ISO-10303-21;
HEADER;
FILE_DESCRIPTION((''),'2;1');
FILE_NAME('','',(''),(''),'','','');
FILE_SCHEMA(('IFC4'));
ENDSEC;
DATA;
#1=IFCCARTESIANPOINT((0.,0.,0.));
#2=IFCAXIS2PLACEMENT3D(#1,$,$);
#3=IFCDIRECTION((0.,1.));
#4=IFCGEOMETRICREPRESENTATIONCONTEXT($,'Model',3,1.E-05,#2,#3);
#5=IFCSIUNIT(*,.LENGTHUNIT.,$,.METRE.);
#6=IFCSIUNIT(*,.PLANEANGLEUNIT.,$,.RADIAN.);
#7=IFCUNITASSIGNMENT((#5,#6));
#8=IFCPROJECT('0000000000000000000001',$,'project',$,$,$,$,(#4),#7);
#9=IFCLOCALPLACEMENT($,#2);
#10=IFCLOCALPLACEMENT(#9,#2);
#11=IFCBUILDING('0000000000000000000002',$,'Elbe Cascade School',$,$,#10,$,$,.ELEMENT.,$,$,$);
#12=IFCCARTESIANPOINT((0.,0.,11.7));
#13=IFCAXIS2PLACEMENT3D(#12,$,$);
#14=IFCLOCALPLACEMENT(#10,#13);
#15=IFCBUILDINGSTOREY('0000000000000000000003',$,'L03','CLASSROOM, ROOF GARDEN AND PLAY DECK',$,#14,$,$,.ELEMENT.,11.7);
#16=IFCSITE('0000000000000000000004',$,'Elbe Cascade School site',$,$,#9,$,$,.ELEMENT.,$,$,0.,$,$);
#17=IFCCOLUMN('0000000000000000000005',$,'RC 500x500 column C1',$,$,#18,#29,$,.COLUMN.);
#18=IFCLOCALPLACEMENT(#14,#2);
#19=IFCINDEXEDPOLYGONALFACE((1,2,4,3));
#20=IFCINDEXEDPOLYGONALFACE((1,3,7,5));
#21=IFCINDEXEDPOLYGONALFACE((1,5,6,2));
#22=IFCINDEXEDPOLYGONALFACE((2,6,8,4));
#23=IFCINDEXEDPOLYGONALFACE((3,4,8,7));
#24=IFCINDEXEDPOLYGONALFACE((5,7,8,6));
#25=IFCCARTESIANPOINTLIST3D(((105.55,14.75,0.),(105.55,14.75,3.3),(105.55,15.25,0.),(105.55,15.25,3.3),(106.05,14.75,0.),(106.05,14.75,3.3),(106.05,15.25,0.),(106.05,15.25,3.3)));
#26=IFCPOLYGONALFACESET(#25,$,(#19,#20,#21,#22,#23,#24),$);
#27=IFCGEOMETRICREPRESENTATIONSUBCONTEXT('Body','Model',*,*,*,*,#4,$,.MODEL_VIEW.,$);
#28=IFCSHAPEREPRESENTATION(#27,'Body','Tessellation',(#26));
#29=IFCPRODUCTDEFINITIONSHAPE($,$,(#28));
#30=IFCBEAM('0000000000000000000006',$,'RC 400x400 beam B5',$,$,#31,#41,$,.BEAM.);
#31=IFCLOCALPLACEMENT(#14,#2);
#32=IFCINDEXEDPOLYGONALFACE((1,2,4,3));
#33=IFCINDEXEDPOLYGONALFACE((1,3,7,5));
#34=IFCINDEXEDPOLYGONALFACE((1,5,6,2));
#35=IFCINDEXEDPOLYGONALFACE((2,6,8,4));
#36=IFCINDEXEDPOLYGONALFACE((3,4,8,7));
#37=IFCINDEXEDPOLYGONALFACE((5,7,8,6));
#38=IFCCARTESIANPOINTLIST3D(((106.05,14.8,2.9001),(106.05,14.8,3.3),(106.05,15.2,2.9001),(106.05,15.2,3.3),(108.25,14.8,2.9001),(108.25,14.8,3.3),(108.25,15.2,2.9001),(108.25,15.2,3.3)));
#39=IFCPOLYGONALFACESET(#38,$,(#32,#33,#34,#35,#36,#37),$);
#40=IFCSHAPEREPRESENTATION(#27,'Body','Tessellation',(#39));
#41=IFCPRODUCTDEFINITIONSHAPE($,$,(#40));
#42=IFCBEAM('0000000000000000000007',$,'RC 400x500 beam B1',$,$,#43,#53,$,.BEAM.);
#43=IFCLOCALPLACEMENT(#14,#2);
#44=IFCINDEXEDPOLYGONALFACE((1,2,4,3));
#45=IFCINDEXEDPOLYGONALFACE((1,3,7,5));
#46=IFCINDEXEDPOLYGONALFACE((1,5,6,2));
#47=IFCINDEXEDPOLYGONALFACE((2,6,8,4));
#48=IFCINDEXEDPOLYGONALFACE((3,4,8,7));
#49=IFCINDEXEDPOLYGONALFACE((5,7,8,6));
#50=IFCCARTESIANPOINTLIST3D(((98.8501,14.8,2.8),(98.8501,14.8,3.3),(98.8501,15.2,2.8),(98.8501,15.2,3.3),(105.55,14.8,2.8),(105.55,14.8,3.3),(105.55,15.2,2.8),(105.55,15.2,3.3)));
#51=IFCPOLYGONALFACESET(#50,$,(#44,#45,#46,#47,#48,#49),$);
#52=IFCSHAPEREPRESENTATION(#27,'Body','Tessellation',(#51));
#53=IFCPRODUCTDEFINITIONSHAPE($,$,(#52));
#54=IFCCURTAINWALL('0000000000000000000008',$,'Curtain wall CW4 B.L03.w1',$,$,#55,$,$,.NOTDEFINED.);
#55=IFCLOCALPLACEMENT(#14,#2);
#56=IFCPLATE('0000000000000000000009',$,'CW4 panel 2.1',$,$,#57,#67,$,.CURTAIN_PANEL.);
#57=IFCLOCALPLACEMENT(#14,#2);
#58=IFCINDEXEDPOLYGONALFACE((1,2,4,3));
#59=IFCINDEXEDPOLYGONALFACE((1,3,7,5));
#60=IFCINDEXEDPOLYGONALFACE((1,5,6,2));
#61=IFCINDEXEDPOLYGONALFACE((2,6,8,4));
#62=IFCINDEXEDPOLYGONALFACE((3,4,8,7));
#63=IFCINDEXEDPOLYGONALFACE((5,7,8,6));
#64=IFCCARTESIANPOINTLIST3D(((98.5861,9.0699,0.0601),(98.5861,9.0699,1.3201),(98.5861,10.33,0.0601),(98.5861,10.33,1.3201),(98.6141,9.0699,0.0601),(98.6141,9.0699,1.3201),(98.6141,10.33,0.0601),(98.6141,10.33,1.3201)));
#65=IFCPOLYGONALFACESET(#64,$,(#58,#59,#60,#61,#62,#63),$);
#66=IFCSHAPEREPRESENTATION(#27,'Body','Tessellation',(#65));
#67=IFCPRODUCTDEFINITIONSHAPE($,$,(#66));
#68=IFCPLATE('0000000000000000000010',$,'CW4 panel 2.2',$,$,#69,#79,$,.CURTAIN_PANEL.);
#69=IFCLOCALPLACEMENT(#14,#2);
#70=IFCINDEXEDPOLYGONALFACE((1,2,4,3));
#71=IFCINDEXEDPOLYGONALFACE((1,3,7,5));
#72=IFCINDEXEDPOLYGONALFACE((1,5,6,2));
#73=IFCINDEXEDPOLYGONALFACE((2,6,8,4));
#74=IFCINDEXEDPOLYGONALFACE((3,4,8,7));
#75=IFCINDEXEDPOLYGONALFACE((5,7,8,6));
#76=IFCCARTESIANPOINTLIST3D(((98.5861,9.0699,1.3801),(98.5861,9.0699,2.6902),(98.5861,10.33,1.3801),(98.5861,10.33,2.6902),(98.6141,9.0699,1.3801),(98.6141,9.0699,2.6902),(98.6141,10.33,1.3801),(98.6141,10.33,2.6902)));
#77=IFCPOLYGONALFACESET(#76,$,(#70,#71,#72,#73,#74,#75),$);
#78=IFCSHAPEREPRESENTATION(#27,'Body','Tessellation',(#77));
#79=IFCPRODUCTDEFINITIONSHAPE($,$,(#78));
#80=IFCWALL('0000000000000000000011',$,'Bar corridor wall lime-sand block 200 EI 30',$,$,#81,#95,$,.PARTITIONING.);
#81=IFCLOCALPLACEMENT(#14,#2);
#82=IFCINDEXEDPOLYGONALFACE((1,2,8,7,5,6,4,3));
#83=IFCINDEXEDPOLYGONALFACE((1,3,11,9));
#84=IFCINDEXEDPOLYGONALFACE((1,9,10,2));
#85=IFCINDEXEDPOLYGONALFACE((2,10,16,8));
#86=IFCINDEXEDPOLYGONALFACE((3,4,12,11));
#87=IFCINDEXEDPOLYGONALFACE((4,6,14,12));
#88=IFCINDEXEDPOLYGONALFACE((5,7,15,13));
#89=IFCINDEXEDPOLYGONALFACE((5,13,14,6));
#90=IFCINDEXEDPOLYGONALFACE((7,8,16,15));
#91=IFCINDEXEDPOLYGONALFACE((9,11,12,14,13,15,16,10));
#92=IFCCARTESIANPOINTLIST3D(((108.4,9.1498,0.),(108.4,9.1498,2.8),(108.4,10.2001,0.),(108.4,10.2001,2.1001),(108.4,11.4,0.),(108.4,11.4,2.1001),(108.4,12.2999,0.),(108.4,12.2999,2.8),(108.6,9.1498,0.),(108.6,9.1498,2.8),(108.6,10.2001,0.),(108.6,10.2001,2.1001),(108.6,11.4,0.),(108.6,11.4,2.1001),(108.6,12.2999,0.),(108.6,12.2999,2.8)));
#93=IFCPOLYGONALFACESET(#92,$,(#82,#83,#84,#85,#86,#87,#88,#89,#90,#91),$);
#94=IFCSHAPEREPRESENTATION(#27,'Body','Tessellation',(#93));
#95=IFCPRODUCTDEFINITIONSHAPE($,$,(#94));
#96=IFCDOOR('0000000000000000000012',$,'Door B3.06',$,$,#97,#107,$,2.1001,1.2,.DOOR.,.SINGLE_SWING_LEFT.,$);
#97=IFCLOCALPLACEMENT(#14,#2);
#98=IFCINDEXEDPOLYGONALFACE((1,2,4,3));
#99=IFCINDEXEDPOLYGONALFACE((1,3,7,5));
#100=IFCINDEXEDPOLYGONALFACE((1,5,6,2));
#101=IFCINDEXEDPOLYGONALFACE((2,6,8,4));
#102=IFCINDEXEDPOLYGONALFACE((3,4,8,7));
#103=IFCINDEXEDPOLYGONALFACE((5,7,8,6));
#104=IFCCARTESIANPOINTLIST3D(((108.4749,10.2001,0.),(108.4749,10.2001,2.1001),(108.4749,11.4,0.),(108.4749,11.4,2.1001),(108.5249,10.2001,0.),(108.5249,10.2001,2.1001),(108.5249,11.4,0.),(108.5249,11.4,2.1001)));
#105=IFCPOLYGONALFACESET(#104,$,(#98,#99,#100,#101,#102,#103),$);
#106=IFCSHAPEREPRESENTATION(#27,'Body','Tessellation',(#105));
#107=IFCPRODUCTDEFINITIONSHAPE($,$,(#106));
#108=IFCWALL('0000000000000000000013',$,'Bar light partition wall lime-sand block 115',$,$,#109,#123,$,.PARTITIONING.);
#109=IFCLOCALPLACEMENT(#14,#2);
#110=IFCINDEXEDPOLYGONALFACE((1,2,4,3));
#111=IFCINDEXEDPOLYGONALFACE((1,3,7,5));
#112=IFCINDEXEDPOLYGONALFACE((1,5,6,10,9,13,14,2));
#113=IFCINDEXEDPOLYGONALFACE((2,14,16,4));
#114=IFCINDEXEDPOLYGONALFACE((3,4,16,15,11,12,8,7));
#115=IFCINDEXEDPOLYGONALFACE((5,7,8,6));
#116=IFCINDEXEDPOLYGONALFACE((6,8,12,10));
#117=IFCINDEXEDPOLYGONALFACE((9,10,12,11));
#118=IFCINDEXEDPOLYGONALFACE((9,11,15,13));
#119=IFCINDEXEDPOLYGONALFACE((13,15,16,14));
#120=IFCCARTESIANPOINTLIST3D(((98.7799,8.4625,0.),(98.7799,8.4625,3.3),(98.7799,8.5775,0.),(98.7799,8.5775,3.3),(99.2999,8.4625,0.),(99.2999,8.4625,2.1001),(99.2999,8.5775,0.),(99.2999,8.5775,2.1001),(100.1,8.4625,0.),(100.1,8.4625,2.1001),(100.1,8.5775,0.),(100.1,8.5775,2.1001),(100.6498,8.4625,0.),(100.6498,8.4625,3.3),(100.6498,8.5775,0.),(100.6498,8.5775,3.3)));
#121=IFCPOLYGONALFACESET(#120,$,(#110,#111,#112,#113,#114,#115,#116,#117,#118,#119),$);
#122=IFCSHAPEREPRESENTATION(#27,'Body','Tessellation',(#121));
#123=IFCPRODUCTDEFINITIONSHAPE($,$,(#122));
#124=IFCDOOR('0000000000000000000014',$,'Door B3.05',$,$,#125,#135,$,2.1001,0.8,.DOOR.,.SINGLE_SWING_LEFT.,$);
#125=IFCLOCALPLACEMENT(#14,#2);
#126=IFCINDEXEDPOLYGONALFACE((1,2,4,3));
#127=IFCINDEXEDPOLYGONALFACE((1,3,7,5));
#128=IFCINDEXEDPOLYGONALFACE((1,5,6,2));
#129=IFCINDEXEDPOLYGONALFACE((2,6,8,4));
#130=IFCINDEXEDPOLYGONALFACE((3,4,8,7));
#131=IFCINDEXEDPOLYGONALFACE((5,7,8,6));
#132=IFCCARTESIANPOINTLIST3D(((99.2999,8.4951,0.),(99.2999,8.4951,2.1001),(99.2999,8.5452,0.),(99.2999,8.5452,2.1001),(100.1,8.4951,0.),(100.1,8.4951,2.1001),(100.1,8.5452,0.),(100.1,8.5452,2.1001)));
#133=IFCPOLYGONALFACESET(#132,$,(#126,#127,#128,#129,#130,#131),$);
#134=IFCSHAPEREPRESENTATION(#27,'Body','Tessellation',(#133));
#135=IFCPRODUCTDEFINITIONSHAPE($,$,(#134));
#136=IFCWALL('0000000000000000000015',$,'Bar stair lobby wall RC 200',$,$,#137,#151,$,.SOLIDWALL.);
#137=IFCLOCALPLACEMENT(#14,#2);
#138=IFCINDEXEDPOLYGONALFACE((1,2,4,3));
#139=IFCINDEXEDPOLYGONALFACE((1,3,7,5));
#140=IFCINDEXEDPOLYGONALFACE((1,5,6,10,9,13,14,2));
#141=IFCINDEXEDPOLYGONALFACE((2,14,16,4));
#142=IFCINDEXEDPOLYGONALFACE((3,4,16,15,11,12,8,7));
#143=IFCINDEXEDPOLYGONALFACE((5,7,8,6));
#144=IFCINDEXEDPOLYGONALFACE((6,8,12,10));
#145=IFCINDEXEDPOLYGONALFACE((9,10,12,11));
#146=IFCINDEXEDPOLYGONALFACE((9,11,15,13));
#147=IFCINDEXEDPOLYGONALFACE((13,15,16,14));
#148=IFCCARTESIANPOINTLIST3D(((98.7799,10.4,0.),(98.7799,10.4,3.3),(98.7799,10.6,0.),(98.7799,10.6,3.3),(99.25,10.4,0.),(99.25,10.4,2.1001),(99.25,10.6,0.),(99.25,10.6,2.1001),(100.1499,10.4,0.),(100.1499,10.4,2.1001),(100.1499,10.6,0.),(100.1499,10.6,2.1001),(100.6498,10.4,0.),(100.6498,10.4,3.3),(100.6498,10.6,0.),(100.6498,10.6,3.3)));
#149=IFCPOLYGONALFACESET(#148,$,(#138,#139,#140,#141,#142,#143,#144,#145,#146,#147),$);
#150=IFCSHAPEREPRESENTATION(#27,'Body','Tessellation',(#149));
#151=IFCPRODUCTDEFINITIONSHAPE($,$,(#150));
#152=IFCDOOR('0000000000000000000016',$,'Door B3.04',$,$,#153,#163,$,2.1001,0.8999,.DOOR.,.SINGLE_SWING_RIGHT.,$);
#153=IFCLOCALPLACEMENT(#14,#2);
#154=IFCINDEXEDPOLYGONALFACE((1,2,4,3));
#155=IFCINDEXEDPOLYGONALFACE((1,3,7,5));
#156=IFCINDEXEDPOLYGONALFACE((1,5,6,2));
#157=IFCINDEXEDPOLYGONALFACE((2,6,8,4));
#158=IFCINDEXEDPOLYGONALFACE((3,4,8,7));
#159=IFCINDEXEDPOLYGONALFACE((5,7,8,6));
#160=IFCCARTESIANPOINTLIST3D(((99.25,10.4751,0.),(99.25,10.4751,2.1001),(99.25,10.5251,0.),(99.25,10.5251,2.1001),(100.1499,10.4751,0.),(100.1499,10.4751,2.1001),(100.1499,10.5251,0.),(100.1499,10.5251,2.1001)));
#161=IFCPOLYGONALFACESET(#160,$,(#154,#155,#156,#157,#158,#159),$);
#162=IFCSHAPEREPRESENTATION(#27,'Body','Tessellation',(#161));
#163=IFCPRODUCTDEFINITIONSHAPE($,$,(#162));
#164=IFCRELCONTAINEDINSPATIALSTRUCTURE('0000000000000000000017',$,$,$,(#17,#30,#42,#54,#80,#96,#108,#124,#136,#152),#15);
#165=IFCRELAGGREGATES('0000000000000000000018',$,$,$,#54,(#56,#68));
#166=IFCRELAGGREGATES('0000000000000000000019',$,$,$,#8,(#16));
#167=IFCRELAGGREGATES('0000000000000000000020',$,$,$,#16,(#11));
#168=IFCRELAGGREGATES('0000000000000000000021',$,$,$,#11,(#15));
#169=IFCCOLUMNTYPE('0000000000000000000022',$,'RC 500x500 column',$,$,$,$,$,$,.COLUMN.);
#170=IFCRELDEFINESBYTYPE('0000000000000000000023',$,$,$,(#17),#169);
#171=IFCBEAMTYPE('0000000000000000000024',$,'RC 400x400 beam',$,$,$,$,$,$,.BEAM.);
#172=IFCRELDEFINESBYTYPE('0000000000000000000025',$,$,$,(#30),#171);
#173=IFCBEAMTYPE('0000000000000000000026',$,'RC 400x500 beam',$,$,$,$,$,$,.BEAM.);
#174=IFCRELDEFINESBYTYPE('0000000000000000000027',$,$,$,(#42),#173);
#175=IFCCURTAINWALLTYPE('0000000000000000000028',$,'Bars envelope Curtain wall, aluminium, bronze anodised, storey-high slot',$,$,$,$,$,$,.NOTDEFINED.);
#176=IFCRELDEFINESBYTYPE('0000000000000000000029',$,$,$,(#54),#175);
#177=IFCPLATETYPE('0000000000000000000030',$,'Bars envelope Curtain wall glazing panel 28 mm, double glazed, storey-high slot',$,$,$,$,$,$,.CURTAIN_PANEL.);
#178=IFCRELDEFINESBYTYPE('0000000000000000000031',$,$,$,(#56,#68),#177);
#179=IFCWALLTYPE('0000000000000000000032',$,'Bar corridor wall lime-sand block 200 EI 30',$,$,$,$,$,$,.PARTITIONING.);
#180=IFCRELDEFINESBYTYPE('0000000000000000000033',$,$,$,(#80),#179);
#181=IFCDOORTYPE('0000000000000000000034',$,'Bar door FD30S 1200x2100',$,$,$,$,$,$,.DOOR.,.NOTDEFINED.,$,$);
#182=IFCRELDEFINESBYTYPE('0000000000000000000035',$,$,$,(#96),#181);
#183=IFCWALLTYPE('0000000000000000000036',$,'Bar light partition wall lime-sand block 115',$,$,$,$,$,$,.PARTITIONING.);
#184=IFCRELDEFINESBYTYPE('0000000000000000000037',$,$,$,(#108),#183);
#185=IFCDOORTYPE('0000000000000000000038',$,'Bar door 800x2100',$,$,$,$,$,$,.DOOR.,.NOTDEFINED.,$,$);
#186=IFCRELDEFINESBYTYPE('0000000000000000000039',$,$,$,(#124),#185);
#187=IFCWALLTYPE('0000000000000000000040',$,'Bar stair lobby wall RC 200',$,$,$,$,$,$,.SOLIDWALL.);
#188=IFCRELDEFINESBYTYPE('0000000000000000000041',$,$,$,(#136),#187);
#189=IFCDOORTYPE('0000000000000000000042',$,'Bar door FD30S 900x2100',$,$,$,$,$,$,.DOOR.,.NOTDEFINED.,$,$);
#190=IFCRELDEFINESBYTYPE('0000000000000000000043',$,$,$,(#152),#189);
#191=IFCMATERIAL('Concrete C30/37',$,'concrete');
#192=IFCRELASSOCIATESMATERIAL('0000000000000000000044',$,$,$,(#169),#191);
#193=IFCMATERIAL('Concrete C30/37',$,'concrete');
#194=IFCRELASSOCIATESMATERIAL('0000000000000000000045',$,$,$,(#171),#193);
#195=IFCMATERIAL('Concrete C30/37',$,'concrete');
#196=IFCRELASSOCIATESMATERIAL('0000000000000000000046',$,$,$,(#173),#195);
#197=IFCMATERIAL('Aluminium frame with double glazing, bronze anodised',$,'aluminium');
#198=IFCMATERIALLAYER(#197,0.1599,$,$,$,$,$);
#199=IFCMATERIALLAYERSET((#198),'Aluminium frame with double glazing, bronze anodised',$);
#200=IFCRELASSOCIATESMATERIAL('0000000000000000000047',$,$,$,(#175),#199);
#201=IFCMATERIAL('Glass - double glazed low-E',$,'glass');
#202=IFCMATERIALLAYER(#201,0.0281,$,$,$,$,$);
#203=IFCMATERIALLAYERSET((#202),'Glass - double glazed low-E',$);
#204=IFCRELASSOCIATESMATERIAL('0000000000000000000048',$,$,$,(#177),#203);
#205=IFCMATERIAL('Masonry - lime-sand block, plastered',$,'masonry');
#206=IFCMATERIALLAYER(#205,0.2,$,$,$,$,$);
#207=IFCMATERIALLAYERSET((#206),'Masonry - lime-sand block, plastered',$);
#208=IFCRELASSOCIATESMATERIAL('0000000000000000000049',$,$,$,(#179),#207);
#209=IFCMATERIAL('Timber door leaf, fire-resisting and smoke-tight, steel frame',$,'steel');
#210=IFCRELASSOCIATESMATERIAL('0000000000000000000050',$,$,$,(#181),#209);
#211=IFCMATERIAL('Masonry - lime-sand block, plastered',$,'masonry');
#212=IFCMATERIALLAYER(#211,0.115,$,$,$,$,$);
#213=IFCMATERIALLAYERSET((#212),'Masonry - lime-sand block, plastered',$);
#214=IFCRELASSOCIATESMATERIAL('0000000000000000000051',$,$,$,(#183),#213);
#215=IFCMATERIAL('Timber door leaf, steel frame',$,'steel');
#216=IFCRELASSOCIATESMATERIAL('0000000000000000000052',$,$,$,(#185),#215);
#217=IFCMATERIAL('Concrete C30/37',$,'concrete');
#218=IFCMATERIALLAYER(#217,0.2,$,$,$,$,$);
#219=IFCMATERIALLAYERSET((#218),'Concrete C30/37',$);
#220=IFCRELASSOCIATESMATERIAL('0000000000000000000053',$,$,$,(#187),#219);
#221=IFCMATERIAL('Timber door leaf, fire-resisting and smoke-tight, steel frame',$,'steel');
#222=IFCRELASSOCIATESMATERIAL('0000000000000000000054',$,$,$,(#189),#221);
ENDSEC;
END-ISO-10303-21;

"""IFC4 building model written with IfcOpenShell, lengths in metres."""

from ifc_helpers import new_model, si_unit, direction, frame, frame_2d, origin, origin_2d, place, context, subcontext, project, spatial, rectangle, extrude, material, layer, layer_set, material_profile, profile_set, type_object, element, fill, aggregate, save


model = new_model("IFC4")

# Units and contexts
model_context = context("Model", 3, precision=1e-05, world=origin(), true_north=direction((0.0, 1.0)))
body_context = subcontext(model_context, "Body", "Model", "MODEL_VIEW")
ifc_project = project(units=[si_unit("LENGTHUNIT", "METRE"), si_unit("PLANEANGLEUNIT", "RADIAN")], contexts=[model_context])

# Site, building, storey
site_placement = place(None, origin())
site = spatial("IfcSite", under=ifc_project, at=site_placement, Name="Elbe Cascade School site", CompositionType="ELEMENT", RefElevation=0.0)
building_placement = place(site_placement, origin())
building = spatial("IfcBuilding", under=site, at=building_placement, Name="Elbe Cascade School", CompositionType="ELEMENT")
storey_placement = place(building_placement, frame((0.0, 0.0, 11.7)))
storey = spatial("IfcBuildingStorey", under=building, at=storey_placement, Name="L03", Description="CLASSROOM, ROOF GARDEN AND PLAY DECK", CompositionType="ELEMENT", Elevation=11.7)

# Column
ifc_material_1 = material(Name="Concrete C30/37", Category="concrete")
ifc_material_profile_1 = material_profile(ifc_material_1, rectangle(XDim=0.5, YDim=0.5, at=origin_2d()), Name="RC 500x500")
ifc_profile_set_1 = profile_set([ifc_material_profile_1], Name="Concrete C30/37")
column_type = type_object("IfcColumnType", Name="RC 500x500 column", PredefinedType="COLUMN", material=ifc_profile_set_1)
column_placement = place(storey_placement, frame((105.8, 15.0, 0.0), z_axis=(0.0, 0.0, 1.0), x_axis=(1.0, 0.0, 0.0)))
element("IfcColumn", 1, at=column_placement, inside=storey, type_object=column_type, Name="RC 500x500 column C1", PredefinedType="COLUMN", context=body_context, shape_type="SweptSolid", body=[
    extrude(rectangle(XDim=0.5, YDim=0.5, at=origin_2d()), origin(), (0.0, 0.0, 1.0), 3.3),
])

# Beams
ifc_material_2 = material(Name="Concrete C30/37", Category="concrete")
ifc_material_profile_2 = material_profile(ifc_material_2, rectangle(XDim=0.3999, YDim=0.3999, at=origin_2d()), Name="RC 400x400")
ifc_profile_set_2 = profile_set([ifc_material_profile_2], Name="Concrete C30/37")
beam_type_1 = type_object("IfcBeamType", Name="RC 400x400 beam", PredefinedType="BEAM", material=ifc_profile_set_2)
beam_1_placement = place(storey_placement, frame((106.05, 15.0, 3.1001), z_axis=(1.0, 0.0, 0.0), x_axis=(0.0, 1.0, 0.0)))
element("IfcBeam", 2, at=beam_1_placement, inside=storey, type_object=beam_type_1, Name="RC 400x400 beam B5", PredefinedType="BEAM", context=body_context, shape_type="SweptSolid", body=[
    extrude(rectangle(XDim=0.3999, YDim=0.3999, at=origin_2d()), origin(), (0.0, 0.0, 1.0), 2.2),
])
ifc_material_3 = material(Name="Concrete C30/37", Category="concrete")
ifc_material_profile_3 = material_profile(ifc_material_3, rectangle(XDim=0.3999, YDim=0.5, at=origin_2d()), Name="RC 400x500")
ifc_profile_set_3 = profile_set([ifc_material_profile_3], Name="Concrete C30/37")
beam_type_2 = type_object("IfcBeamType", Name="RC 400x500 beam", PredefinedType="BEAM", material=ifc_profile_set_3)
beam_2_placement = place(storey_placement, frame((98.8501, 15.0, 3.05), z_axis=(1.0, 0.0, 0.0), x_axis=(0.0, 1.0, 0.0)))
element("IfcBeam", 3, at=beam_2_placement, inside=storey, type_object=beam_type_2, Name="RC 400x500 beam B1", PredefinedType="BEAM", context=body_context, shape_type="SweptSolid", body=[
    extrude(rectangle(XDim=0.3999, YDim=0.5, at=origin_2d()), origin(), (0.0, 0.0, 1.0), 6.7),
])

# Curtain wall, plates
ifc_material_4 = material(Name="Aluminium frame with double glazing, bronze anodised", Category="aluminium")
ifc_layer_1 = layer(ifc_material_4, 0.1599)
ifc_layer_set_1 = layer_set([ifc_layer_1], Name="Aluminium frame with double glazing, bronze anodised")
curtain_wall_type = type_object("IfcCurtainWallType", Name="Bars envelope Curtain wall, aluminium, bronze anodised, storey-high slot", PredefinedType="NOTDEFINED", material=ifc_layer_set_1)
curtain_wall_placement = place(storey_placement, origin())
curtain_wall = element("IfcCurtainWall", 4, at=curtain_wall_placement, inside=storey, type_object=curtain_wall_type, Name="Curtain wall CW4 B.L03.w1", PredefinedType="NOTDEFINED")
ifc_material_5 = material(Name="Glass - double glazed low-E", Category="glass")
ifc_layer_2 = layer(ifc_material_5, 0.0281)
ifc_layer_set_2 = layer_set([ifc_layer_2], Name="Glass - double glazed low-E")
plate_type = type_object("IfcPlateType", Name="Bars envelope Curtain wall glazing panel 28 mm, double glazed, storey-high slot", PredefinedType="CURTAIN_PANEL", material=ifc_layer_set_2)
plate_1_placement = place(storey_placement, frame((98.6001, 9.7, 0.0601), z_axis=(0.0, 0.0, 1.0), x_axis=(0.0, 1.0, 0.0)))
plate_1 = element("IfcPlate", 5, at=plate_1_placement, type_object=plate_type, Name="CW4 panel 2.1", PredefinedType="CURTAIN_PANEL", context=body_context, shape_type="SweptSolid", body=[
    extrude(rectangle(XDim=1.26, YDim=0.0281, at=origin_2d()), origin(), (0.0, 0.0, 1.0), 1.26),
])
plate_2_placement = place(storey_placement, frame((98.6001, 9.7, 1.3801), z_axis=(0.0, 0.0, 1.0), x_axis=(0.0, 1.0, 0.0)))
plate_2 = element("IfcPlate", 6, at=plate_2_placement, type_object=plate_type, Name="CW4 panel 2.2", PredefinedType="CURTAIN_PANEL", context=body_context, shape_type="SweptSolid", body=[
    extrude(rectangle(XDim=1.26, YDim=0.0281, at=origin_2d()), origin(), (0.0, 0.0, 1.0), 1.3101),
])
aggregate(curtain_wall, [plate_1, plate_2])

# Walls, openings, doors
ifc_material_6 = material(Name="Masonry - lime-sand block, plastered", Category="masonry")
ifc_layer_3 = layer(ifc_material_6, 0.2)
ifc_layer_set_3 = layer_set([ifc_layer_3], Name="Masonry - lime-sand block, plastered")
wall_type_1 = type_object("IfcWallType", Name="Bar corridor wall lime-sand block 200 EI 30", PredefinedType="PARTITIONING", material=ifc_layer_set_3)
wall_1_placement = place(storey_placement, frame((108.5, 12.3, 0.0), z_axis=(0.0, 0.0, 1.0), x_axis=(0.0, -1.0, 0.0)))
wall_1 = element("IfcWall", 7, at=wall_1_placement, inside=storey, type_object=wall_type_1, Name="Bar corridor wall lime-sand block 200 EI 30", PredefinedType="PARTITIONING", context=body_context, shape_type="SweptSolid", body=[
    extrude(rectangle(XDim=3.1501, YDim=0.2, at=frame_2d((1.5752, 0.0))), origin(), (0.0, 0.0, 1.0), 2.8),
])
opening_1_placement = place(wall_1_placement, frame((0.8999, 0.0, 0.0)))
opening_1 = element("IfcOpeningElement", 8, at=opening_1_placement, cuts=wall_1, PredefinedType="OPENING", context=body_context, shape_type="SweptSolid", body=[
    extrude(rectangle(XDim=1.2, YDim=2.1001, at=frame_2d((0.6001, 1.05))), frame((0.0, 0.1099, 0.0), z_axis=(0.0, -1.0, 0.0), x_axis=(1.0, 0.0, 0.0)), (0.0, 0.0, 1.0), 0.22),
])
ifc_material_7 = material(Name="Timber door leaf, fire-resisting and smoke-tight, steel frame", Category="steel")
door_type_1 = type_object("IfcDoorType", Name="Bar door FD30S 1200x2100", OperationType="NOTDEFINED", PredefinedType="DOOR", material=ifc_material_7)
door_1_placement = place(opening_1_placement, origin())
door_1 = element("IfcDoor", 9, at=door_1_placement, inside=storey, type_object=door_type_1, Name="Door B3.06", OperationType="SINGLE_SWING_LEFT", OverallHeight=2.1001, OverallWidth=1.2, PredefinedType="DOOR", context=body_context, shape_type="SweptSolid", body=[
    extrude(rectangle(XDim=1.2, YDim=2.1001, at=frame_2d((0.6001, 1.05))), frame((0.0, 0.0249, 0.0), z_axis=(0.0, -1.0, 0.0), x_axis=(1.0, 0.0, 0.0)), (0.0, 0.0, 1.0), 0.05),
])
fill(opening_1, door_1)
ifc_material_8 = material(Name="Masonry - lime-sand block, plastered", Category="masonry")
ifc_layer_4 = layer(ifc_material_8, 0.115)
ifc_layer_set_4 = layer_set([ifc_layer_4], Name="Masonry - lime-sand block, plastered")
wall_type_2 = type_object("IfcWallType", Name="Bar light partition wall lime-sand block 115", PredefinedType="PARTITIONING", material=ifc_layer_set_4)
wall_2_placement = place(storey_placement, frame((100.6499, 8.52, 0.0), z_axis=(0.0, 0.0, 1.0), x_axis=(-1.0, 0.0, 0.0)))
wall_2 = element("IfcWall", 10, at=wall_2_placement, inside=storey, type_object=wall_type_2, Name="Bar light partition wall lime-sand block 115", PredefinedType="PARTITIONING", context=body_context, shape_type="SweptSolid", body=[
    extrude(rectangle(XDim=1.8699, YDim=0.115, at=frame_2d((0.9351, 0.0))), origin(), (0.0, 0.0, 1.0), 3.3),
])
opening_2_placement = place(wall_2_placement, frame((0.55, 0.0, 0.0)))
opening_2 = element("IfcOpeningElement", 11, at=opening_2_placement, cuts=wall_2, PredefinedType="OPENING", context=body_context, shape_type="SweptSolid", body=[
    extrude(rectangle(XDim=0.8, YDim=2.1001, at=frame_2d((0.3999, 1.05))), frame((0.0, 0.0674, 0.0), z_axis=(0.0, -1.0, 0.0), x_axis=(1.0, 0.0, 0.0)), (0.0, 0.0, 1.0), 0.135),
])
ifc_material_9 = material(Name="Timber door leaf, steel frame", Category="steel")
door_type_2 = type_object("IfcDoorType", Name="Bar door 800x2100", OperationType="NOTDEFINED", PredefinedType="DOOR", material=ifc_material_9)
door_2_placement = place(opening_2_placement, origin())
door_2 = element("IfcDoor", 12, at=door_2_placement, inside=storey, type_object=door_type_2, Name="Door B3.05", OperationType="SINGLE_SWING_LEFT", OverallHeight=2.1001, OverallWidth=0.8, PredefinedType="DOOR", context=body_context, shape_type="SweptSolid", body=[
    extrude(rectangle(XDim=0.8, YDim=2.1001, at=frame_2d((0.3999, 1.05))), frame((0.0, 0.0249, 0.0), z_axis=(0.0, -1.0, 0.0), x_axis=(1.0, 0.0, 0.0)), (0.0, 0.0, 1.0), 0.05),
])
fill(opening_2, door_2)
ifc_material_10 = material(Name="Concrete C30/37", Category="concrete")
ifc_layer_5 = layer(ifc_material_10, 0.2)
ifc_layer_set_5 = layer_set([ifc_layer_5], Name="Concrete C30/37")
wall_type_3 = type_object("IfcWallType", Name="Bar stair lobby wall RC 200", PredefinedType="SOLIDWALL", material=ifc_layer_set_5)
wall_3_placement = place(storey_placement, frame((100.6499, 10.5, 0.0), z_axis=(0.0, 0.0, 1.0), x_axis=(-1.0, 0.0, 0.0)))
wall_3 = element("IfcWall", 13, at=wall_3_placement, inside=storey, type_object=wall_type_3, Name="Bar stair lobby wall RC 200", PredefinedType="SOLIDWALL", context=body_context, shape_type="SweptSolid", body=[
    extrude(rectangle(XDim=1.8699, YDim=0.2, at=frame_2d((0.9351, 0.0))), origin(), (0.0, 0.0, 1.0), 3.3),
])
opening_3_placement = place(wall_3_placement, frame((0.5, 0.0, 0.0)))
opening_3 = element("IfcOpeningElement", 14, at=opening_3_placement, cuts=wall_3, PredefinedType="OPENING", context=body_context, shape_type="SweptSolid", body=[
    extrude(rectangle(XDim=0.8999, YDim=2.1001, at=frame_2d((0.45, 1.05))), frame((0.0, 0.1099, 0.0), z_axis=(0.0, -1.0, 0.0), x_axis=(1.0, 0.0, 0.0)), (0.0, 0.0, 1.0), 0.22),
])
ifc_material_11 = material(Name="Timber door leaf, fire-resisting and smoke-tight, steel frame", Category="steel")
door_type_3 = type_object("IfcDoorType", Name="Bar door FD30S 900x2100", OperationType="NOTDEFINED", PredefinedType="DOOR", material=ifc_material_11)
door_3_placement = place(opening_3_placement, origin())
door_3 = element("IfcDoor", 15, at=door_3_placement, inside=storey, type_object=door_type_3, Name="Door B3.04", OperationType="SINGLE_SWING_RIGHT", OverallHeight=2.1001, OverallWidth=0.8999, PredefinedType="DOOR", context=body_context, shape_type="SweptSolid", body=[
    extrude(rectangle(XDim=0.8999, YDim=2.1001, at=frame_2d((0.45, 1.05))), frame((0.0, 0.0249, 0.0), z_axis=(0.0, -1.0, 0.0), x_axis=(1.0, 0.0, 0.0)), (0.0, 0.0, 1.0), 0.05),
])
fill(opening_3, door_3)

save(model, "model.ifc")
